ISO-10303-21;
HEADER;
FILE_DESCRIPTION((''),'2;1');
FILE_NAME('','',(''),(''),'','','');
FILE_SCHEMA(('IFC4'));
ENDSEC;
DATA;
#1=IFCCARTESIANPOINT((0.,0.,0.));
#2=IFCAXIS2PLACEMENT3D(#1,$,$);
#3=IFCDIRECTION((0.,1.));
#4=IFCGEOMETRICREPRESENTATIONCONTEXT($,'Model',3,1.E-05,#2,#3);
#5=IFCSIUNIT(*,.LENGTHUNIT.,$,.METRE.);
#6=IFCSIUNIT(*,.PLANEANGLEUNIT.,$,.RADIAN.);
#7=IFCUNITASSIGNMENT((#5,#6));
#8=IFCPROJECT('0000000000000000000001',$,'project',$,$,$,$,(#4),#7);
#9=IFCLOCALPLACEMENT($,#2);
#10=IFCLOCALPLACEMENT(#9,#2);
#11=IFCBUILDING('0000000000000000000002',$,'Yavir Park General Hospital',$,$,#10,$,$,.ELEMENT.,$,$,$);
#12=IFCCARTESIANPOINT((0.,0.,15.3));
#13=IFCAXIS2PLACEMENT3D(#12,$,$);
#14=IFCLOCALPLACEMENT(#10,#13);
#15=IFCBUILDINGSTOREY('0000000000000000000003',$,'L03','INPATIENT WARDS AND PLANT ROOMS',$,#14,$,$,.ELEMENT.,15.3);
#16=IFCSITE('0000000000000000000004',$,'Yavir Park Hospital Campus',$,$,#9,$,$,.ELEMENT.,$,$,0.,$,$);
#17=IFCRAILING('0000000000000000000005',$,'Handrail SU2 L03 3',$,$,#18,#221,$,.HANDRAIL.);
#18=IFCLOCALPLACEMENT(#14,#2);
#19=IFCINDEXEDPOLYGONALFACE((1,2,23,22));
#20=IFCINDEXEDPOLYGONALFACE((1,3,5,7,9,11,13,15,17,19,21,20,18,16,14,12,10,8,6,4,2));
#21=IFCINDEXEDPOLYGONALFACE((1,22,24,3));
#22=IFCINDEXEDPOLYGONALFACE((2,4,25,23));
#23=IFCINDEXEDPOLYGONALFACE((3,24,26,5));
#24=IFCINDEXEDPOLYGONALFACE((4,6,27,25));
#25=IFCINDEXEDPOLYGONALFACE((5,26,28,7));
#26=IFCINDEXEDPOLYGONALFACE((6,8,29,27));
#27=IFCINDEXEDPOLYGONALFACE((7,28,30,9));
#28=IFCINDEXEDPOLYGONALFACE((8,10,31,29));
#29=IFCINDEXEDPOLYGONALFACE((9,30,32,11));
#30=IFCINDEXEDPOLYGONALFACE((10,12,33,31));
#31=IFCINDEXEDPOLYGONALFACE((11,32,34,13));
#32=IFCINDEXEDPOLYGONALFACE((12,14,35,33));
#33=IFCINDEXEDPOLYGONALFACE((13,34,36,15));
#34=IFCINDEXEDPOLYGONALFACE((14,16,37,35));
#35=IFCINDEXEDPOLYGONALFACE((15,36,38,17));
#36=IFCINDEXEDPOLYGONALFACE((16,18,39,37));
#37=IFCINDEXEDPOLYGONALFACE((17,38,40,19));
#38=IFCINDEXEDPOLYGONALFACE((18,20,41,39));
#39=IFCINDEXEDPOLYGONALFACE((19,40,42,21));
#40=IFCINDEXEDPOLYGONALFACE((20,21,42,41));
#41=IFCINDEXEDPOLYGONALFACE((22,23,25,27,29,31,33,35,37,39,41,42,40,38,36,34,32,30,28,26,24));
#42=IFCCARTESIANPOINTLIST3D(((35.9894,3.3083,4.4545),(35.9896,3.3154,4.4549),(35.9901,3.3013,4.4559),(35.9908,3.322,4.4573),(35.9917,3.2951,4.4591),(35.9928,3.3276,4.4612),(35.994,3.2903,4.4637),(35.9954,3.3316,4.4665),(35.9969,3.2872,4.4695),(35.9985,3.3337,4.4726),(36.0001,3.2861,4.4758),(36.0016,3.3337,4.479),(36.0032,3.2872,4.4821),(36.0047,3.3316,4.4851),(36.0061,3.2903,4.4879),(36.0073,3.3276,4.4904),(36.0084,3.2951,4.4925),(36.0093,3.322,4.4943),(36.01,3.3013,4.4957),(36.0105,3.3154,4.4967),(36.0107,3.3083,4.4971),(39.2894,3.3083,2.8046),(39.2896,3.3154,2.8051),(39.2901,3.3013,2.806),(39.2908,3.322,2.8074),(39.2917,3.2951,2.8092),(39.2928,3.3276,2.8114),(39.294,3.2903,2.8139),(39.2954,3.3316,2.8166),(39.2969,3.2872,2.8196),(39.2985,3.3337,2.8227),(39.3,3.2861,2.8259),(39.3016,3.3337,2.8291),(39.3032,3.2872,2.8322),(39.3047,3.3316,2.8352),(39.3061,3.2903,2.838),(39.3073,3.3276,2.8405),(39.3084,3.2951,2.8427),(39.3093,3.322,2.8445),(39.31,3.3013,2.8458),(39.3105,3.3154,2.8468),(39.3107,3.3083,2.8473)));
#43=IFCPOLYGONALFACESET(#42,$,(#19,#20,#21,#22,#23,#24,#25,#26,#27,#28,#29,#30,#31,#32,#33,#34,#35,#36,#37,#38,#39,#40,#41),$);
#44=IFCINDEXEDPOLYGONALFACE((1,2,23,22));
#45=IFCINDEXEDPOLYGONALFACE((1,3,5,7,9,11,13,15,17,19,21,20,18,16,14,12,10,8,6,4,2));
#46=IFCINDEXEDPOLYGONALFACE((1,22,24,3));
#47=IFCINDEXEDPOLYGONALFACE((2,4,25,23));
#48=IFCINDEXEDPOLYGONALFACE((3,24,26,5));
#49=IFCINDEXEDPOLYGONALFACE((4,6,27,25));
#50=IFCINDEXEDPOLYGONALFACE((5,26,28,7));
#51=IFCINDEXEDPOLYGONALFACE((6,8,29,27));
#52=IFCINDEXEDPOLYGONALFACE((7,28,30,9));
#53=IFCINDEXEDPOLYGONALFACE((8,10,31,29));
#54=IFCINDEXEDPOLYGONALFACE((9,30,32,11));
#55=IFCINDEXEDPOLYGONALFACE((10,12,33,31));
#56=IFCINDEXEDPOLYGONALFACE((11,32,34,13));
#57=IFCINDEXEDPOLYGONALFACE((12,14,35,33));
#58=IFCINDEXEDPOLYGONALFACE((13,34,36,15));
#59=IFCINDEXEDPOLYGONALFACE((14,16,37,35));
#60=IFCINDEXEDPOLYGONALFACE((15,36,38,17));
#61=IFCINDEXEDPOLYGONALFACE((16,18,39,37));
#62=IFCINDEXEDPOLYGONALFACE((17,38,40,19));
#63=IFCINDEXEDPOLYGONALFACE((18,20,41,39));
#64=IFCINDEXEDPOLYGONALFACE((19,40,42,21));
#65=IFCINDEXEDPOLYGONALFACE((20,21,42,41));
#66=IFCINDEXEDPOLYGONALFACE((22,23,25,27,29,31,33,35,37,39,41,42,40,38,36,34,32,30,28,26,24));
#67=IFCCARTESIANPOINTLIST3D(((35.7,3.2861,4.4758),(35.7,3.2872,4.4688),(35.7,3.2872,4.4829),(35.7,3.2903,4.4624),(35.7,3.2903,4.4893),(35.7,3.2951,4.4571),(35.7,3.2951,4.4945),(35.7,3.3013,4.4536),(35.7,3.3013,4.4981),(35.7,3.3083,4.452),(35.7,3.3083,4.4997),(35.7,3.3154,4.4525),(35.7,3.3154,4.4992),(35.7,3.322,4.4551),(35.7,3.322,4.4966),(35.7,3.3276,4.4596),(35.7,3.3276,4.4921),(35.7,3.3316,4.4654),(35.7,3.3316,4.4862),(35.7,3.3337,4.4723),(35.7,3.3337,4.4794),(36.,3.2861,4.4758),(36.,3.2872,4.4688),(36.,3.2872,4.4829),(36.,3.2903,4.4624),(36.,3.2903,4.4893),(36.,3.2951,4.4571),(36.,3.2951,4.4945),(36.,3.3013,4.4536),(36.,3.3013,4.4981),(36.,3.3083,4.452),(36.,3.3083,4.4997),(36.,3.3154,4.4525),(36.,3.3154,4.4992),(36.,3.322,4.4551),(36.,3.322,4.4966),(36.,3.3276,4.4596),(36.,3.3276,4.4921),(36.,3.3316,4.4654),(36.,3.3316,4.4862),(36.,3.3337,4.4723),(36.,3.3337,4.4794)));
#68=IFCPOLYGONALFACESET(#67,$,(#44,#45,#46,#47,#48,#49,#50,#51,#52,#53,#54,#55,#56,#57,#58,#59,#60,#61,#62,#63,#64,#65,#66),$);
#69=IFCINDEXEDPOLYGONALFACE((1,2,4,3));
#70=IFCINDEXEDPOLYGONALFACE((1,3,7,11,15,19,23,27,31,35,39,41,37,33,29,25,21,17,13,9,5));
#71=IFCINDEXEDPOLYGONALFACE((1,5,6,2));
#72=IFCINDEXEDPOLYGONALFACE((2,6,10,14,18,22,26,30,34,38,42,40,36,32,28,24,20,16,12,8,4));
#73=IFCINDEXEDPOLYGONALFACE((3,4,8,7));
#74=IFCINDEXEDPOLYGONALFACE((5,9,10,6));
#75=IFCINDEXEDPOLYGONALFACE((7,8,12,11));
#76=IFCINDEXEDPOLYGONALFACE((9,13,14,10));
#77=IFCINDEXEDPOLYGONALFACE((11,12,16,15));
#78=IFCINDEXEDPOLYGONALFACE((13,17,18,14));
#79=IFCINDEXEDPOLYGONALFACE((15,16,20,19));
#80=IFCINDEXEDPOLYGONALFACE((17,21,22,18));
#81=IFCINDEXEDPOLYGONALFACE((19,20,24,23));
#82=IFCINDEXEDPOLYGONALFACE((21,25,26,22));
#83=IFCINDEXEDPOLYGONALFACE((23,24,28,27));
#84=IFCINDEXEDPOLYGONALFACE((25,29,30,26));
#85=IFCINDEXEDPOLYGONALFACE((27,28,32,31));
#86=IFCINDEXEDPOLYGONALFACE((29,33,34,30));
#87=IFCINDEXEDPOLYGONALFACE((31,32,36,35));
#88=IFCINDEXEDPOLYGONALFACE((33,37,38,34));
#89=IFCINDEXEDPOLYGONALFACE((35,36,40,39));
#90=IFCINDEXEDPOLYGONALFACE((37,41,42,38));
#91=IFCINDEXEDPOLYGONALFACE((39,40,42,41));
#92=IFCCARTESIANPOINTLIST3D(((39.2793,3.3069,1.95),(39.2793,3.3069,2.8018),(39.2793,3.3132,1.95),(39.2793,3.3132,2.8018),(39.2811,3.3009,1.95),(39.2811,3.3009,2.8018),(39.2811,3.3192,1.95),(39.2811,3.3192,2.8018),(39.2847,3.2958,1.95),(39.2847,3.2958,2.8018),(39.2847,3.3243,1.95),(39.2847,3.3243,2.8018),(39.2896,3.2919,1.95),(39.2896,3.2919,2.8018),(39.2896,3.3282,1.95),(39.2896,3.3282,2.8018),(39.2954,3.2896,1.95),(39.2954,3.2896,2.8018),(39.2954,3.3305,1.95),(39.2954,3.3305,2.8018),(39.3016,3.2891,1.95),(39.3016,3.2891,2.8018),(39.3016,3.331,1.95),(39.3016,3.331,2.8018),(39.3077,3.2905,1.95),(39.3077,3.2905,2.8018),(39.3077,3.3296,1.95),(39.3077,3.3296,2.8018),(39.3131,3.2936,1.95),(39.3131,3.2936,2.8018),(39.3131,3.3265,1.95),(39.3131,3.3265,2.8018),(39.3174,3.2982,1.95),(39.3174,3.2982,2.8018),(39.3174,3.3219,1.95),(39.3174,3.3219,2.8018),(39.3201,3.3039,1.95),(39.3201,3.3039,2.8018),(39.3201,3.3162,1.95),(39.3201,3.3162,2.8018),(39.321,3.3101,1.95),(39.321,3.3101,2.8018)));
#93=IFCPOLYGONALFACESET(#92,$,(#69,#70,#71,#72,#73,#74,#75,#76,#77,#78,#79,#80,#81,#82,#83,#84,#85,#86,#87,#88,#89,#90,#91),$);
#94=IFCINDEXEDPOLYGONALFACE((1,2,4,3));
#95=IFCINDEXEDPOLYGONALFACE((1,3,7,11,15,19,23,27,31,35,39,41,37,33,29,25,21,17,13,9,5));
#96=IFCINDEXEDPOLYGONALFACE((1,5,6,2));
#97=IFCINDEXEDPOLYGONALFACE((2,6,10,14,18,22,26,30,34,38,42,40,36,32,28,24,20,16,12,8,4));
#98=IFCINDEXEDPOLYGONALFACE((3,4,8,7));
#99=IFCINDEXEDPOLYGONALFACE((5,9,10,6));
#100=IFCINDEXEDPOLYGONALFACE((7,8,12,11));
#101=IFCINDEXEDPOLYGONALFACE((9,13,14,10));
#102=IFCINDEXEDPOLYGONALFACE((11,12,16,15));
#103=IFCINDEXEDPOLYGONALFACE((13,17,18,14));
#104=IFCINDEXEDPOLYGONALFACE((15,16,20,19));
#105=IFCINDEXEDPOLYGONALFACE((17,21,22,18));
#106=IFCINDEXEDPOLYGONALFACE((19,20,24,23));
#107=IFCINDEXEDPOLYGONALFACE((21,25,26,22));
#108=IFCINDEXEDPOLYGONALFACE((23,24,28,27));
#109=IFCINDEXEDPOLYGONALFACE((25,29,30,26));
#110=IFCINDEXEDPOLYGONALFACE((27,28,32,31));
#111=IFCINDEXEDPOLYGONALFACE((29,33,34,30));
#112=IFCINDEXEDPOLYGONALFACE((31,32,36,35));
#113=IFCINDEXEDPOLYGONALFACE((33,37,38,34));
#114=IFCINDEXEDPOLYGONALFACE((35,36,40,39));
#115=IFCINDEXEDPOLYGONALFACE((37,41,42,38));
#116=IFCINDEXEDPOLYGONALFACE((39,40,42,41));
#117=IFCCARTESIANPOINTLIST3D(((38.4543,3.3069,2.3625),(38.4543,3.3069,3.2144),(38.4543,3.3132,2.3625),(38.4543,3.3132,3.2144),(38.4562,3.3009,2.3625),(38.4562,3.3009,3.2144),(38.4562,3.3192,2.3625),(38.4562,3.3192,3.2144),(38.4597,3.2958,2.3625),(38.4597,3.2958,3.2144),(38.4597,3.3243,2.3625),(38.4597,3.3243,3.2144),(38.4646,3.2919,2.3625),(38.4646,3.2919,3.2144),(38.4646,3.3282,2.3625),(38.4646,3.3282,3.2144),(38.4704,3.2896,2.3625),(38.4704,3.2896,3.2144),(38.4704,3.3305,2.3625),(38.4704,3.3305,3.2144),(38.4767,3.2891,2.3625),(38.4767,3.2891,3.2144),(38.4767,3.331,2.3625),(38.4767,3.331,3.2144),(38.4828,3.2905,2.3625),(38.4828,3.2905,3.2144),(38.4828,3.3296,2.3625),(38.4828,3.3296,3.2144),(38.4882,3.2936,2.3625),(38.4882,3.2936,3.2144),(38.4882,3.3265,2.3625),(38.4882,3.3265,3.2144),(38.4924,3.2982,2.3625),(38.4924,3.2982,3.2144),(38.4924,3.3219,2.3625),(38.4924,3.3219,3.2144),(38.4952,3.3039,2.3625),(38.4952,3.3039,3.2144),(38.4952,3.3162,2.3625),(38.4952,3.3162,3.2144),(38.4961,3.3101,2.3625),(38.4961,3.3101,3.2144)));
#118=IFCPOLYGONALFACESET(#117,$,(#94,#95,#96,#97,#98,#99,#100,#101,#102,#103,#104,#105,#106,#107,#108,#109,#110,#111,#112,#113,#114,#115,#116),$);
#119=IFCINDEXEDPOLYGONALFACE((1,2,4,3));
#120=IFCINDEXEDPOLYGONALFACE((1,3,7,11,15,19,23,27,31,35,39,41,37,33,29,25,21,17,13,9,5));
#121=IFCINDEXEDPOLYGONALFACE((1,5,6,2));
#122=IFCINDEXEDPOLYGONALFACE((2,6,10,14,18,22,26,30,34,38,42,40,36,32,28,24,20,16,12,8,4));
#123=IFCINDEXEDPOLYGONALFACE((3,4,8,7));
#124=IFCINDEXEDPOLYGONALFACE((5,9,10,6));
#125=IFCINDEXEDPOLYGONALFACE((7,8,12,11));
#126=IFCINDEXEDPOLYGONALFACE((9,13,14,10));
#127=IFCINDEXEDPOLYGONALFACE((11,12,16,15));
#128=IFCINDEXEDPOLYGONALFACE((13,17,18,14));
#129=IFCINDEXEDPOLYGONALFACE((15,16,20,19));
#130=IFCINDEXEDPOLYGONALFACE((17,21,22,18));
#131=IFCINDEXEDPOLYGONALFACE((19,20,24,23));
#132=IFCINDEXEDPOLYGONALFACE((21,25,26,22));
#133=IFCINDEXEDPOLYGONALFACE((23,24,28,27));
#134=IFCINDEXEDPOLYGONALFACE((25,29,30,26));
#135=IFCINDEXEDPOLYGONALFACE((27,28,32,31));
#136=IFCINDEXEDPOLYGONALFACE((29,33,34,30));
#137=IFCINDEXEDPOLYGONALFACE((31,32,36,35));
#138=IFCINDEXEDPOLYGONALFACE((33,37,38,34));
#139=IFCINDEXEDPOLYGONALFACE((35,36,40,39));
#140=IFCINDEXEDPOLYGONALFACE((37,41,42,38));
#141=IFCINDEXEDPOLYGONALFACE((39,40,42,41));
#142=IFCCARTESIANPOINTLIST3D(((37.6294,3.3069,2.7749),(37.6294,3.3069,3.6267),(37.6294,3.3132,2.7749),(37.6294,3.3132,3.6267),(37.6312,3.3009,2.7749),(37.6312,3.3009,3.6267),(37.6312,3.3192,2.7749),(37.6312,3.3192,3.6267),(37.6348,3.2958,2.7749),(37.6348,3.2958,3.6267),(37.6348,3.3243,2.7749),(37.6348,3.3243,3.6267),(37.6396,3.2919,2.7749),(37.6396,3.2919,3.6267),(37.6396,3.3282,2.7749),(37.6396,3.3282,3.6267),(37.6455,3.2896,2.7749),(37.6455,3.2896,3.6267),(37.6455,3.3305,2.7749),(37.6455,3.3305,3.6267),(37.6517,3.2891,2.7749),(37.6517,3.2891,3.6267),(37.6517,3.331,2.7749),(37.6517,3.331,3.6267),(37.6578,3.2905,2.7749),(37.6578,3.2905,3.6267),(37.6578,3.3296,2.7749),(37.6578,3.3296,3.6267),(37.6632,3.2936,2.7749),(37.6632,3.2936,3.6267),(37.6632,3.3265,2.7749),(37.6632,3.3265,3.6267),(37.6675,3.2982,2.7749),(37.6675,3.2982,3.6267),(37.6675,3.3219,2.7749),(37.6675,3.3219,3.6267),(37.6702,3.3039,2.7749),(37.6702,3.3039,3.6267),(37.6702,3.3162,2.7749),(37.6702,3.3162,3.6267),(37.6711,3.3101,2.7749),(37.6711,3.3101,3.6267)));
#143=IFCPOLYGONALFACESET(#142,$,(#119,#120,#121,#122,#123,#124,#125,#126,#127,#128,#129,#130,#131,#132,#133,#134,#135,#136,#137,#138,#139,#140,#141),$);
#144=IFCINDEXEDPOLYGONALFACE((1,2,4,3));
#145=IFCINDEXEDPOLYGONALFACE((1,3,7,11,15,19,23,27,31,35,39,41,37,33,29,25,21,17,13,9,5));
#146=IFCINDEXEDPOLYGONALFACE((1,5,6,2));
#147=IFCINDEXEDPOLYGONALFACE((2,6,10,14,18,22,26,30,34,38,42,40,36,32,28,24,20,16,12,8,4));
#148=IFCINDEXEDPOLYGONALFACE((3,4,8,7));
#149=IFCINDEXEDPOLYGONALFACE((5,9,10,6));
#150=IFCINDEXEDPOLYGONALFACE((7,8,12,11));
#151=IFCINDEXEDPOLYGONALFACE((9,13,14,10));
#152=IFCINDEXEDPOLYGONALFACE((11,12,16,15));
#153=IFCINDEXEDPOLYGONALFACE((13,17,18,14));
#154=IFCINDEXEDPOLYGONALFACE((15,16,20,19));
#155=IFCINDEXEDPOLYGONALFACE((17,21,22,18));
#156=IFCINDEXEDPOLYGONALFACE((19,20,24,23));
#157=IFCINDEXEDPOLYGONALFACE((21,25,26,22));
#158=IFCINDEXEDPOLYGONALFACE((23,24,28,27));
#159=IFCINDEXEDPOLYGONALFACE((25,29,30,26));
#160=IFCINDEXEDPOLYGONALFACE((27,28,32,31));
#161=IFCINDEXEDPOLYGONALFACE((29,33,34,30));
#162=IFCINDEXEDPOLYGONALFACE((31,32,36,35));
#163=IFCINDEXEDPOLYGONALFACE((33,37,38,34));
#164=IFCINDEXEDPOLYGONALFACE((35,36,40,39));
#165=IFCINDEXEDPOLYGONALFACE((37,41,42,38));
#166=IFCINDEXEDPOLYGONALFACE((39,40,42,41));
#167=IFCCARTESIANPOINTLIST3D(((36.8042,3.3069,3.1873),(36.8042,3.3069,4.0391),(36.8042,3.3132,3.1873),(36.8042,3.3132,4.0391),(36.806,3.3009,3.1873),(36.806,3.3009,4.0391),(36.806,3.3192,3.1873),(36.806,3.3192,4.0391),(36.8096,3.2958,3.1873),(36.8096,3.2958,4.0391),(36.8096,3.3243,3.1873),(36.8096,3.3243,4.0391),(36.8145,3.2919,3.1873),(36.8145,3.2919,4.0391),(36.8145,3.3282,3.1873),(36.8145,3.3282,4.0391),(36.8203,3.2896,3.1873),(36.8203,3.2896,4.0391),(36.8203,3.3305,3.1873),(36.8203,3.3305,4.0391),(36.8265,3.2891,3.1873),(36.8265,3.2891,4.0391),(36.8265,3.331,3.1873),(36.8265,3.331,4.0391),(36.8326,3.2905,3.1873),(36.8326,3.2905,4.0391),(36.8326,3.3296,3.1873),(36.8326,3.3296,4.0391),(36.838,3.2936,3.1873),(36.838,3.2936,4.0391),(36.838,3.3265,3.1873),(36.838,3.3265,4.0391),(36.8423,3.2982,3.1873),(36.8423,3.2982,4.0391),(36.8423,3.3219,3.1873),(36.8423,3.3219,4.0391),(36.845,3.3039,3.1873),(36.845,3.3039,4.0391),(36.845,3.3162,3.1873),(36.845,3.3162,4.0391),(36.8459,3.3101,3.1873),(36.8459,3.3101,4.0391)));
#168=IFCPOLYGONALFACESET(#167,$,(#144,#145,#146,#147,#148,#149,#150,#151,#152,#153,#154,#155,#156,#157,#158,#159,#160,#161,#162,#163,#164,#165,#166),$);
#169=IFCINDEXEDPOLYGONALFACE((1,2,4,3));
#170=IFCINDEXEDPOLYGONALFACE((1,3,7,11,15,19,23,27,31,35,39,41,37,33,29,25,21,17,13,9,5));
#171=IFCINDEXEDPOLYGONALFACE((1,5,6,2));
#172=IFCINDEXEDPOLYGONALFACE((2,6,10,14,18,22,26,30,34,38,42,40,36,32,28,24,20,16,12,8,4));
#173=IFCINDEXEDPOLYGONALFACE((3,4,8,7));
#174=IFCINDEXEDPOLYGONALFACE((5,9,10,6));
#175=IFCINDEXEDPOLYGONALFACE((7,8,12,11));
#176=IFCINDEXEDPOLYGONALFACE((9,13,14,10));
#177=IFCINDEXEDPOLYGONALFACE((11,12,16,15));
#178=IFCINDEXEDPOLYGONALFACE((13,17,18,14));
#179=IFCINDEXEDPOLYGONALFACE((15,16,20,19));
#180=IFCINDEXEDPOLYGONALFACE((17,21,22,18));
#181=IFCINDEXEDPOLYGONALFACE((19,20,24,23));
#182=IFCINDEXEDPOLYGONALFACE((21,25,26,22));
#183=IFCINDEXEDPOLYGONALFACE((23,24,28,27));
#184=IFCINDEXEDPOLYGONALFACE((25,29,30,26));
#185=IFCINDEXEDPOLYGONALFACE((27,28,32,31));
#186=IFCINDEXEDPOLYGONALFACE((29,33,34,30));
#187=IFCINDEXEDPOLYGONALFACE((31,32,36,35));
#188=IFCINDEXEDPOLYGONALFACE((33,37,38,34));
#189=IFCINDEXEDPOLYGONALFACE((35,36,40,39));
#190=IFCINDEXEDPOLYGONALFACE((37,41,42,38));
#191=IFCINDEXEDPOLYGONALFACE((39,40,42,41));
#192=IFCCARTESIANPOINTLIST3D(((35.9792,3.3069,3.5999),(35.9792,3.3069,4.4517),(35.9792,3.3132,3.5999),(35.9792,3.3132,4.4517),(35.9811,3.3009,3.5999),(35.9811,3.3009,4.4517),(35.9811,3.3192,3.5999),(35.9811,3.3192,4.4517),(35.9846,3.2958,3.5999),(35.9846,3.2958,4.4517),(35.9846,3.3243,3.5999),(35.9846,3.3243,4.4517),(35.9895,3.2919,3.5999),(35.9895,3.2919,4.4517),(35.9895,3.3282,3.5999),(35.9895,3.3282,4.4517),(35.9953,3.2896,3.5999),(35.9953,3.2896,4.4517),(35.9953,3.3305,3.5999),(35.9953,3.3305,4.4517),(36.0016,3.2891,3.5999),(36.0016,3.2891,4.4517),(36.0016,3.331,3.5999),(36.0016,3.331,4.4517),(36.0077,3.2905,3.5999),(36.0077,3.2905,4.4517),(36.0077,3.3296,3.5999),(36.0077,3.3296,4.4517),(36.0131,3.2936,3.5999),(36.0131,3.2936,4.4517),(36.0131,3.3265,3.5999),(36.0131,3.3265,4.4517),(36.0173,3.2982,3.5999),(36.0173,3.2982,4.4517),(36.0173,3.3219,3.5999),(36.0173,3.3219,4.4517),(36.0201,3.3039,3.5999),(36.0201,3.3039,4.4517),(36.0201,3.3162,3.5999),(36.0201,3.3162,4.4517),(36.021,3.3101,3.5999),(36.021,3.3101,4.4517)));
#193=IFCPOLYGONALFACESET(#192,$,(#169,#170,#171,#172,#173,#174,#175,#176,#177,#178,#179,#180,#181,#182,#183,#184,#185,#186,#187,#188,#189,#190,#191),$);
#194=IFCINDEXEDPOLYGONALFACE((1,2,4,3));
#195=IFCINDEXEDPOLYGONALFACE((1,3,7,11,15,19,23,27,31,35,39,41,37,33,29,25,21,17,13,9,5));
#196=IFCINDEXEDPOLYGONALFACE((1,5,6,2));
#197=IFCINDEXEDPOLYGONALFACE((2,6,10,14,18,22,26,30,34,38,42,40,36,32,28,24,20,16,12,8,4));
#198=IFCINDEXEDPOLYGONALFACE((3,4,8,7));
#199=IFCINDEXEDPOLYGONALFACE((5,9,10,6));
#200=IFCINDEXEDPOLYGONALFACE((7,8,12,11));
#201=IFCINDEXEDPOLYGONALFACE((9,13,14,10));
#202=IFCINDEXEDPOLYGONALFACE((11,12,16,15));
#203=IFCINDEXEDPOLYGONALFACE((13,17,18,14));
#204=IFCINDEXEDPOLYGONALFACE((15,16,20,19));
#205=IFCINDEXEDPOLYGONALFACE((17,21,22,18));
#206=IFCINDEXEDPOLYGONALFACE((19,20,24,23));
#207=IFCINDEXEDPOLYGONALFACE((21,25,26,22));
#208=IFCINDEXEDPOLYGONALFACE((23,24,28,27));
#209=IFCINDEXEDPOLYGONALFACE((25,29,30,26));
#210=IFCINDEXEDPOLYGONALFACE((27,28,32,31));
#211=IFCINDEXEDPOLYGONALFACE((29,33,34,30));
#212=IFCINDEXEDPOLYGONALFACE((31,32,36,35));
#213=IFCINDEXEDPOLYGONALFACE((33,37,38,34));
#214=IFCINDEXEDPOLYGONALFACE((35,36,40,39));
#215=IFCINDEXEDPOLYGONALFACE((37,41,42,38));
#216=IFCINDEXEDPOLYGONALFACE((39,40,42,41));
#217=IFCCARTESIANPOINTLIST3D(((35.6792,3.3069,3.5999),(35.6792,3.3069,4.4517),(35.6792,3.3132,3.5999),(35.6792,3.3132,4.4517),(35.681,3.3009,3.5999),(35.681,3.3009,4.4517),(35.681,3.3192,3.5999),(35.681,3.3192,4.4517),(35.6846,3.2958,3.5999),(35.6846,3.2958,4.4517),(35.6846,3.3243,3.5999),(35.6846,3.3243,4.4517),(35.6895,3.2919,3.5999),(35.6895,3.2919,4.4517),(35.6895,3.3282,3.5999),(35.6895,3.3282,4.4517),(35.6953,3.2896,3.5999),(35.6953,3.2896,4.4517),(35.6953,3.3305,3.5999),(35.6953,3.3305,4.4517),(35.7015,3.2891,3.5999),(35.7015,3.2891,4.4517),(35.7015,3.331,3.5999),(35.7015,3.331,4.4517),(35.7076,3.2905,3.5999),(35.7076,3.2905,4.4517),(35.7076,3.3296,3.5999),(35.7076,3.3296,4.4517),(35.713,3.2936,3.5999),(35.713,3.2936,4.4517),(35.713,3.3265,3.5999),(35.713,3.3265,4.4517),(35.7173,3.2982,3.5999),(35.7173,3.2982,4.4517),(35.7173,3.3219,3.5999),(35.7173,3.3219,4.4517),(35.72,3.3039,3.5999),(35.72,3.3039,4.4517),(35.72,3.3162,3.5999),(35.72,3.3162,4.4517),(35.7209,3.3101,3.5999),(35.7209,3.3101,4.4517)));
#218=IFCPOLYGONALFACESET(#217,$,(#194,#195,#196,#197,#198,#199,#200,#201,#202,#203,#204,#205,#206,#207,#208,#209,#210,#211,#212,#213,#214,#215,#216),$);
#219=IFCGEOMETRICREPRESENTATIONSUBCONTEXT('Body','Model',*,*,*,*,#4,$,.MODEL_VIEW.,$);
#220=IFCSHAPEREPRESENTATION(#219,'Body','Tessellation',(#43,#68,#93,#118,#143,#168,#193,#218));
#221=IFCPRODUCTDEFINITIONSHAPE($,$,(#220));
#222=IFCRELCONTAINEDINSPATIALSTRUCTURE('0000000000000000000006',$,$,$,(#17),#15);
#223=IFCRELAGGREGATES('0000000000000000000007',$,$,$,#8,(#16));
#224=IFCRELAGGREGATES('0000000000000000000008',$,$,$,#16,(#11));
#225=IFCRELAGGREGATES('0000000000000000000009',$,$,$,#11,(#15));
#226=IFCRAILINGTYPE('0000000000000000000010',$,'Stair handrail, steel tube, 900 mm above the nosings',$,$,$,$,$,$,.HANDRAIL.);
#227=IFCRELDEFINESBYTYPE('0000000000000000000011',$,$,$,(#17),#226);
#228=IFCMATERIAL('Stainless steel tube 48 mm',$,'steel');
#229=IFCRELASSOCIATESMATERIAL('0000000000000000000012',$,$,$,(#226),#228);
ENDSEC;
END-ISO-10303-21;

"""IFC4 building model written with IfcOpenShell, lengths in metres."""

from ifc_helpers import new_model, si_unit, direction, frame, origin, origin_2d, place, context, subcontext, project, spatial, circle, extrude, material, type_object, element, save


model = new_model("IFC4")

# Units and contexts
model_context = context("Model", 3, precision=1e-05, world=origin(), true_north=direction((0.0, 1.0)))
body_context = subcontext(model_context, "Body", "Model", "MODEL_VIEW")
ifc_project = project(units=[si_unit("LENGTHUNIT", "METRE"), si_unit("PLANEANGLEUNIT", "RADIAN")], contexts=[model_context])

# Site, building, storey
site_placement = place(None, origin())
site = spatial("IfcSite", under=ifc_project, at=site_placement, Name="Yavir Park Hospital Campus", CompositionType="ELEMENT", RefElevation=0.0)
building_placement = place(site_placement, origin())
building = spatial("IfcBuilding", under=site, at=building_placement, Name="Yavir Park General Hospital", CompositionType="ELEMENT")
storey_placement = place(building_placement, frame((0.0, 0.0, 15.3)))
storey = spatial("IfcBuildingStorey", under=building, at=storey_placement, Name="L03", Description="INPATIENT WARDS AND PLANT ROOMS", CompositionType="ELEMENT", Elevation=15.3)

# Railing
ifc_material_1 = material(Name="Stainless steel tube 48 mm", Category="steel")
railing_type = type_object("IfcRailingType", Name="Stair handrail, steel tube, 900 mm above the nosings", PredefinedType="HANDRAIL", material=ifc_material_1)
railing_placement = place(storey_placement, frame((39.3, 3.3101, 1.95)))
element("IfcRailing", 1, at=railing_placement, inside=storey, type_object=railing_type, Name="Handrail SU2 L03 3", PredefinedType="HANDRAIL", context=body_context, shape_type="SweptSolid", body=[
    extrude(circle(Radius=0.0239, at=origin_2d()), frame((0.0, 0.0, 0.876), z_axis=(-0.89444, 0.0, 0.447187), x_axis=(0.0, -1.0, 0.0)), (0.0, 0.0, 1.0), 3.6895),
    extrude(circle(Radius=0.0239, at=origin_2d()), frame((-3.3, 0.0, 2.5259), z_axis=(-1.0, 0.0, 0.0), x_axis=(0.0, -1.0, 0.0)), (0.0, 0.0, 1.0), 0.3),
    extrude(circle(Radius=0.021, at=origin_2d()), origin(), (0.0, 0.0, 1.0), 0.8518),
    extrude(circle(Radius=0.021, at=origin_2d()), frame((-0.825, 0.0, 0.4126)), (0.0, 0.0, 1.0), 0.8518),
    extrude(circle(Radius=0.021, at=origin_2d()), frame((-1.6499, 0.0, 0.825)), (0.0, 0.0, 1.0), 0.8518),
    extrude(circle(Radius=0.021, at=origin_2d()), frame((-2.4751, 0.0, 1.2373)), (0.0, 0.0, 1.0), 0.8518),
    extrude(circle(Radius=0.021, at=origin_2d()), frame((-3.3, 0.0, 1.6499)), (0.0, 0.0, 1.0), 0.8518),
    extrude(circle(Radius=0.021, at=origin_2d()), frame((-3.6001, 0.0, 1.6499)), (0.0, 0.0, 1.0), 0.8518),
])

save(model, "model.ifc")
